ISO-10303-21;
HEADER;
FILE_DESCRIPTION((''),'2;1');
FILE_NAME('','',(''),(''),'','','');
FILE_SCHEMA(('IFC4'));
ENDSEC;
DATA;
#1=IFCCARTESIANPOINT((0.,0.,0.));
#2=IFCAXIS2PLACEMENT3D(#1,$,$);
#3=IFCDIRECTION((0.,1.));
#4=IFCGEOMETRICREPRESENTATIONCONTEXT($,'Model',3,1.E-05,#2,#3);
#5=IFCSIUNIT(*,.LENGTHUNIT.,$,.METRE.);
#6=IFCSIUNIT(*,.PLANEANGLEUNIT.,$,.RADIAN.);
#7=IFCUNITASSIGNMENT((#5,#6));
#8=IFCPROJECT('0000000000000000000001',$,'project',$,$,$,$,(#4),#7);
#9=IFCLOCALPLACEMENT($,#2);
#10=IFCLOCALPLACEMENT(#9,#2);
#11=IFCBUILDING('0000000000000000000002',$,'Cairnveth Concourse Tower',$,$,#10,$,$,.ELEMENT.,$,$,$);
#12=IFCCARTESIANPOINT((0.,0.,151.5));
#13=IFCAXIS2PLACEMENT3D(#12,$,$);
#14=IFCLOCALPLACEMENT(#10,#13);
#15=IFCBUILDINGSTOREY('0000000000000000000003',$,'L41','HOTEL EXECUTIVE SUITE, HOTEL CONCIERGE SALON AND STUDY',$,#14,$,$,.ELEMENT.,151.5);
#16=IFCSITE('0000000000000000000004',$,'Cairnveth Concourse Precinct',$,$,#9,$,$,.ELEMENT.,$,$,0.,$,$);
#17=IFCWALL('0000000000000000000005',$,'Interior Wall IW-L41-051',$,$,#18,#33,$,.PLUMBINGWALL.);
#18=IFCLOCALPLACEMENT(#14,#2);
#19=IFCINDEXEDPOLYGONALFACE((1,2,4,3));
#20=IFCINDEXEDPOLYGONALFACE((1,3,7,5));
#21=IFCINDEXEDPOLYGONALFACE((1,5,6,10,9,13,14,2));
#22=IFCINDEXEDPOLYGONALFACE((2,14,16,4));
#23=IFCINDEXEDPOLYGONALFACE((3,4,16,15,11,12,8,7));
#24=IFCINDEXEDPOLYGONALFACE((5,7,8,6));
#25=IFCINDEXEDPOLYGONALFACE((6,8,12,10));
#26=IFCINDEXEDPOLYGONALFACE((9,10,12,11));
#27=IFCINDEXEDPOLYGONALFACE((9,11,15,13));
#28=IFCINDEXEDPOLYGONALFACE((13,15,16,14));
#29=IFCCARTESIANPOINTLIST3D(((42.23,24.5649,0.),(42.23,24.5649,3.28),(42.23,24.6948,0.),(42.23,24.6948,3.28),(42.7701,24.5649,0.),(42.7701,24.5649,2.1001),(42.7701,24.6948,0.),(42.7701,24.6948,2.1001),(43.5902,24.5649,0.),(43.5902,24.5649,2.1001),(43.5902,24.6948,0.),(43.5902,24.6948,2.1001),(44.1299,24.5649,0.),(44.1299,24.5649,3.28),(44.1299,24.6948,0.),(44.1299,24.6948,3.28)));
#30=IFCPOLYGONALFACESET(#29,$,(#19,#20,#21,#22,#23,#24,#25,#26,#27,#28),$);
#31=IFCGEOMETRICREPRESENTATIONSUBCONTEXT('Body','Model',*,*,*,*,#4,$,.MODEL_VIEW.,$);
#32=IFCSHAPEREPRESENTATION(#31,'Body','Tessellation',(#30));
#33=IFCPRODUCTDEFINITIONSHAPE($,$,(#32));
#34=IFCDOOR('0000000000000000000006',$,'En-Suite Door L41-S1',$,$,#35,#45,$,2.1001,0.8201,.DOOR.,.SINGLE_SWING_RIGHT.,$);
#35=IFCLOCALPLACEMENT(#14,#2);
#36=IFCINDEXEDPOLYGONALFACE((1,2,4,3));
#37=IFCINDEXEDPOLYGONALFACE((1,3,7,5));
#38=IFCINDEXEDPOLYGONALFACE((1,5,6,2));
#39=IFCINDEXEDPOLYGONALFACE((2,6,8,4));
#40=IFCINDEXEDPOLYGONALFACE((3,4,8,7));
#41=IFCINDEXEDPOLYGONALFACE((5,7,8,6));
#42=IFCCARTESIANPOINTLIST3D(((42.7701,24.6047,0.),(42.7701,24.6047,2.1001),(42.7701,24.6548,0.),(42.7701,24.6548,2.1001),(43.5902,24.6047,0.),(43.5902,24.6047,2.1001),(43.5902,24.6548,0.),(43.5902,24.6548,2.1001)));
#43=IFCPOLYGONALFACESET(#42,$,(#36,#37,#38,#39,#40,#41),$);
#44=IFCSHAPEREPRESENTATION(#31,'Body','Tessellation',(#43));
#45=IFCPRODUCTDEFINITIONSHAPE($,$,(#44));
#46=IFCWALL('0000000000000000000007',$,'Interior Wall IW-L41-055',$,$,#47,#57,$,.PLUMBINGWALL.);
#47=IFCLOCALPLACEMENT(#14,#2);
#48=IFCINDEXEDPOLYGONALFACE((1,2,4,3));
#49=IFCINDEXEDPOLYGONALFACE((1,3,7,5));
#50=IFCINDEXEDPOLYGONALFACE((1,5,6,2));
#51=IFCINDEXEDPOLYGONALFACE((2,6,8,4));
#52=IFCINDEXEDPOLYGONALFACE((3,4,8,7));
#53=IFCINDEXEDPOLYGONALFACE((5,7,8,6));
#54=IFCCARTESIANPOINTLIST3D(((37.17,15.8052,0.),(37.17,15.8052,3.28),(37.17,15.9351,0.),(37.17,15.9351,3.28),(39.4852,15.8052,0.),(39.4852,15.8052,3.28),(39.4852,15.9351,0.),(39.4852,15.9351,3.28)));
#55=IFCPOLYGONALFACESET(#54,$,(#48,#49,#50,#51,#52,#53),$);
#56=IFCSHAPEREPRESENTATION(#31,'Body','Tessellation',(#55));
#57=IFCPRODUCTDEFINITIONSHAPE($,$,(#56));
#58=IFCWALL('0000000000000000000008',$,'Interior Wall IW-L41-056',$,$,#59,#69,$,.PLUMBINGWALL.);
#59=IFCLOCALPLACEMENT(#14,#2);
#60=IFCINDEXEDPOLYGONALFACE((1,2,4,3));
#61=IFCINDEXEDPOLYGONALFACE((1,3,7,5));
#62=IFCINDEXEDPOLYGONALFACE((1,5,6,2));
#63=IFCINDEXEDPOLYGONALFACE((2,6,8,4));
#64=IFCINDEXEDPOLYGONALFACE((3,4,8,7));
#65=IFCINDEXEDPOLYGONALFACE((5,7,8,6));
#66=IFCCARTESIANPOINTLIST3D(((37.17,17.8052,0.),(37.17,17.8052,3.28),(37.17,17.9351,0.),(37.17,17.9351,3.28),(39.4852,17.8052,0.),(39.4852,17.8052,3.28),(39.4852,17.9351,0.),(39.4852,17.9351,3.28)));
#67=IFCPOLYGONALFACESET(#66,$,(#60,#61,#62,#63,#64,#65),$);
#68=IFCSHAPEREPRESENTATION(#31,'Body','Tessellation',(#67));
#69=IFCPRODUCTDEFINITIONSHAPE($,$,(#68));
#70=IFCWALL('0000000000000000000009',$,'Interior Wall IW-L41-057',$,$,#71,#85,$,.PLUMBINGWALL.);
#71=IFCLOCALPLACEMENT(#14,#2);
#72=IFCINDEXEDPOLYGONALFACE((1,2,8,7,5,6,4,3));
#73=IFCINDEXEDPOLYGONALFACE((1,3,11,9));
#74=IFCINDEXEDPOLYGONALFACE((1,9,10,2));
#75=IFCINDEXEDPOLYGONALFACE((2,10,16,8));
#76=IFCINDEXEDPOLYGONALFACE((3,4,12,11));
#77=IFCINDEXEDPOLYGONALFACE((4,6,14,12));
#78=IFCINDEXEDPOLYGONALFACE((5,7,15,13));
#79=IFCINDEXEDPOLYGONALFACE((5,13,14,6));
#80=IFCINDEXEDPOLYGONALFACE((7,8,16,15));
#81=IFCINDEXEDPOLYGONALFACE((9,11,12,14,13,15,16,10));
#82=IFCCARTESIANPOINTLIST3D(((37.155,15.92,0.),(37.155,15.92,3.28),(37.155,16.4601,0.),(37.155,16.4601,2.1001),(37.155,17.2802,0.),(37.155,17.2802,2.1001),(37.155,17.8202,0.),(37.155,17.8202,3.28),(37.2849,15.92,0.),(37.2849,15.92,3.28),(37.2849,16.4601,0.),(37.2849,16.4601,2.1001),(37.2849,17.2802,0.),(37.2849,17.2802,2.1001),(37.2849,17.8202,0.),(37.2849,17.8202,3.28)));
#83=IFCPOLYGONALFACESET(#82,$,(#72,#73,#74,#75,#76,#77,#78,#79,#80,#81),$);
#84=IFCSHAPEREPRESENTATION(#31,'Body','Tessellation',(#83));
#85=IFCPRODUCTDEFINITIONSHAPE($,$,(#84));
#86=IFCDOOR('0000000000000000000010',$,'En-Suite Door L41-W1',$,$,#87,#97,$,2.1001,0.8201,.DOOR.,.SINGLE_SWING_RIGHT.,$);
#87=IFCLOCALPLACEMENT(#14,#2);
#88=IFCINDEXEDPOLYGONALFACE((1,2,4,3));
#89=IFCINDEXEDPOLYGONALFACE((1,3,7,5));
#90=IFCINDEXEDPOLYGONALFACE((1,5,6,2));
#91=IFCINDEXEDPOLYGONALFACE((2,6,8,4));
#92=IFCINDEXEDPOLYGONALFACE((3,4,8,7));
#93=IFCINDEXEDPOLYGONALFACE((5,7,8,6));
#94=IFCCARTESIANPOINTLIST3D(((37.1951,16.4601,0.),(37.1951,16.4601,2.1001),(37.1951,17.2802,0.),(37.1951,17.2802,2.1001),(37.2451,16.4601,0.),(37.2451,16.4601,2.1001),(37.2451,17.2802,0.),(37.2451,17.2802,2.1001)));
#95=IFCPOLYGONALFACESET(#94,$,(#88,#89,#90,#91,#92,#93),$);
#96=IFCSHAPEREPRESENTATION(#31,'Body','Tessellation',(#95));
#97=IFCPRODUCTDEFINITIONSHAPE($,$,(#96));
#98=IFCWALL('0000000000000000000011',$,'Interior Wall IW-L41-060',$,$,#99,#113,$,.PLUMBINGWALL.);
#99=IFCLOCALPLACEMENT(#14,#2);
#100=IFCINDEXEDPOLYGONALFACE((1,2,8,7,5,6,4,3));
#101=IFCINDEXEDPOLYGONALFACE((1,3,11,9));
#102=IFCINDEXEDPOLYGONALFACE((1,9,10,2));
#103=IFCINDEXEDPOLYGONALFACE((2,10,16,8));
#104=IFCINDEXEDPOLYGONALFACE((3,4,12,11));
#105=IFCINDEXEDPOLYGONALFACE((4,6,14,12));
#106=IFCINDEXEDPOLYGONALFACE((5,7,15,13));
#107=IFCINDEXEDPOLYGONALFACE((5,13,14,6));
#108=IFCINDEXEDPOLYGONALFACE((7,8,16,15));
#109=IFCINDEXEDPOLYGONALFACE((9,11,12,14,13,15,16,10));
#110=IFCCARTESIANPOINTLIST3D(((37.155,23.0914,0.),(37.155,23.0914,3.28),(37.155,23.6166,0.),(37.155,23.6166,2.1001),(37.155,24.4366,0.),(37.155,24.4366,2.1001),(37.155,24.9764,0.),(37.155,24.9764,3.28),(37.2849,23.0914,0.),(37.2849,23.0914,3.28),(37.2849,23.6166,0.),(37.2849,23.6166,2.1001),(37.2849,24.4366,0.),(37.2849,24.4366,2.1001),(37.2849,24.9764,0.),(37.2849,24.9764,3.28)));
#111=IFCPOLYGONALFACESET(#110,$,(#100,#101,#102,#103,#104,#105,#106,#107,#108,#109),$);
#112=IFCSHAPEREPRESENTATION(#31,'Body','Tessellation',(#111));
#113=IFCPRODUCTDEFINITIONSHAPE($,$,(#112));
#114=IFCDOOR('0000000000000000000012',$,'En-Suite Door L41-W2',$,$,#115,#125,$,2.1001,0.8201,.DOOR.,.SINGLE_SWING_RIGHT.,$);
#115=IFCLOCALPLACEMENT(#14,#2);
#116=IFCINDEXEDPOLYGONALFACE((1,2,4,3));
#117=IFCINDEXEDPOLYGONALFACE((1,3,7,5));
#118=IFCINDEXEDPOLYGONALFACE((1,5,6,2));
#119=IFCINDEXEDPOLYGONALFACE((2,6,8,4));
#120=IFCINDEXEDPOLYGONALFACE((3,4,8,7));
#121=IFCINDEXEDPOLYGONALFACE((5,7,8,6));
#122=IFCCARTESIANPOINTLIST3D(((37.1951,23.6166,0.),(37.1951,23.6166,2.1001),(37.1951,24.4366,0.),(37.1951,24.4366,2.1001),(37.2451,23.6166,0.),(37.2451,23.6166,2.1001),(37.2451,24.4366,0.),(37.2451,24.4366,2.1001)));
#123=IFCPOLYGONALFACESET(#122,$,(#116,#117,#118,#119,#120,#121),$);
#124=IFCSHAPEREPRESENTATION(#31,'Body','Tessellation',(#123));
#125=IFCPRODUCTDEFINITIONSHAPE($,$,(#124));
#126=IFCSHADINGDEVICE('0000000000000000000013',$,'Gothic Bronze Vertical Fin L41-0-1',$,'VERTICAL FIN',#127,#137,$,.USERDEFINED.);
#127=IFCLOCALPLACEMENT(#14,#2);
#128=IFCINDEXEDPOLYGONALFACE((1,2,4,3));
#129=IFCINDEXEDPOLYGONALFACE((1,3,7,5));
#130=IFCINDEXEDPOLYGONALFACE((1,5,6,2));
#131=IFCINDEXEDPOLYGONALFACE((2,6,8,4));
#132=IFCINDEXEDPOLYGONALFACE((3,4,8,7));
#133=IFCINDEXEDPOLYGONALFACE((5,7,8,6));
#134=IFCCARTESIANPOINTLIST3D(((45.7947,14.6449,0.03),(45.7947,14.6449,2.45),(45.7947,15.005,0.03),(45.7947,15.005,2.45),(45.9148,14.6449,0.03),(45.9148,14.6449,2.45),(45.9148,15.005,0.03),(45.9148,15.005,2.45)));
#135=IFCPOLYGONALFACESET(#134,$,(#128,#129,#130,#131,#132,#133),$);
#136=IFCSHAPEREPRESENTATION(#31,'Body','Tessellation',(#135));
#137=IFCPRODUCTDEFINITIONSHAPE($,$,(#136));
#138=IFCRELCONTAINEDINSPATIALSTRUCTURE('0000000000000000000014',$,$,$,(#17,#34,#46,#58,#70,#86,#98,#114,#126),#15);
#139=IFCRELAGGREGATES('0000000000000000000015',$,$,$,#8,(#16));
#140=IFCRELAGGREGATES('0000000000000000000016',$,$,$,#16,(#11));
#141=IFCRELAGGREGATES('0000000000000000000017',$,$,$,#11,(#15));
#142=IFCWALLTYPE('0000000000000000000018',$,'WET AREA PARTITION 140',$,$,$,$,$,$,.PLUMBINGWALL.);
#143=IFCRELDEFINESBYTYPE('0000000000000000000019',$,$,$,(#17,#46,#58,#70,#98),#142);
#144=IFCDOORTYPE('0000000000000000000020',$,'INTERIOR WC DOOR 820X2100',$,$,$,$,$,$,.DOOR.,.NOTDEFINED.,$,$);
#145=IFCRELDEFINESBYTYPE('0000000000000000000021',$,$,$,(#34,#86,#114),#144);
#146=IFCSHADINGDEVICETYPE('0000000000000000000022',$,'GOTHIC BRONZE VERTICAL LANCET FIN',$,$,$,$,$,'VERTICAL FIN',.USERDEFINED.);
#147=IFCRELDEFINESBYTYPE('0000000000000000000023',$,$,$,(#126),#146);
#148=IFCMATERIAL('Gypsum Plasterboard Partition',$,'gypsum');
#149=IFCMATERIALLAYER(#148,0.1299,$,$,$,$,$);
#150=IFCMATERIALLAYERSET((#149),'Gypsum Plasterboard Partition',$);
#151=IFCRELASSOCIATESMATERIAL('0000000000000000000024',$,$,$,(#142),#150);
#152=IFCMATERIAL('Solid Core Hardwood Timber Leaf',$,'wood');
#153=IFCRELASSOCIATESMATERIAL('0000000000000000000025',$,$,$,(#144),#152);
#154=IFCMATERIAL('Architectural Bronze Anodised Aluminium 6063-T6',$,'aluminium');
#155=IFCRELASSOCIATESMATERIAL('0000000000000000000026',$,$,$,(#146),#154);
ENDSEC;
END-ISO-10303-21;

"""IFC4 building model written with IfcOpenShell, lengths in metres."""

from ifc_helpers import new_model, si_unit, direction, frame, frame_2d, origin, origin_2d, place, context, subcontext, project, spatial, rectangle, extrude, material, layer, layer_set, type_object, element, fill, save


model = new_model("IFC4")

# Units and contexts
model_context = context("Model", 3, precision=1e-05, world=origin(), true_north=direction((0.0, 1.0)))
body_context = subcontext(model_context, "Body", "Model", "MODEL_VIEW")
ifc_project = project(units=[si_unit("LENGTHUNIT", "METRE"), si_unit("PLANEANGLEUNIT", "RADIAN")], contexts=[model_context])

# Site, building, storey
site_placement = place(None, origin())
site = spatial("IfcSite", under=ifc_project, at=site_placement, Name="Cairnveth Concourse Precinct", CompositionType="ELEMENT", RefElevation=0.0)
building_placement = place(site_placement, origin())
building = spatial("IfcBuilding", under=site, at=building_placement, Name="Cairnveth Concourse Tower", CompositionType="ELEMENT")
storey_placement = place(building_placement, frame((0.0, 0.0, 151.5)))
storey = spatial("IfcBuildingStorey", under=building, at=storey_placement, Name="L41", Description="HOTEL EXECUTIVE SUITE, HOTEL CONCIERGE SALON AND STUDY", CompositionType="ELEMENT", Elevation=151.5)

# Shared definitions
ifc_material_1 = material(Name="Gypsum Plasterboard Partition", Category="gypsum")
ifc_material_2 = material(Name="Solid Core Hardwood Timber Leaf", Category="wood")

# Shared definitions
ifc_layer_1 = layer(ifc_material_1, 0.1299)
ifc_layer_set_1 = layer_set([ifc_layer_1], Name="Gypsum Plasterboard Partition")
wall_type_1 = type_object("IfcWallType", Name="WET AREA PARTITION 140", PredefinedType="PLUMBINGWALL", material=ifc_layer_set_1)

# Wall, opening, door
wall_1_placement = place(storey_placement, frame((42.23, 24.6299, 0.0), z_axis=(0.0, 0.0, 1.0), x_axis=(1.0, 0.0, 0.0)))
wall_1 = element("IfcWall", 1, at=wall_1_placement, inside=storey, type_object=wall_type_1, Name="Interior Wall IW-L41-051", PredefinedType="PLUMBINGWALL", context=body_context, shape_type="SweptSolid", body=[
    extrude(rectangle(XDim=1.8999, YDim=0.1299, at=frame_2d((0.95, 0.0))), origin(), (0.0, 0.0, 1.0), 3.28),
])
opening_1_placement = place(wall_1_placement, frame((0.54, 0.0, 0.0)))
opening_1 = element("IfcOpeningElement", 2, at=opening_1_placement, cuts=wall_1, PredefinedType="OPENING", context=body_context, shape_type="SweptSolid", body=[
    extrude(rectangle(XDim=0.8201, YDim=2.1001, at=frame_2d((0.4102, 1.05))), frame((0.0, 0.075, 0.0), z_axis=(0.0, -1.0, 0.0), x_axis=(1.0, 0.0, 0.0)), (0.0, 0.0, 1.0), 0.1499),
])
door_type_1 = type_object("IfcDoorType", Name="INTERIOR WC DOOR 820X2100", OperationType="NOTDEFINED", PredefinedType="DOOR", material=ifc_material_2)
door_1_placement = place(opening_1_placement, origin())
door_1 = element("IfcDoor", 3, at=door_1_placement, inside=storey, type_object=door_type_1, Name="En-Suite Door L41-S1", OperationType="SINGLE_SWING_RIGHT", OverallHeight=2.1001, OverallWidth=0.8201, PredefinedType="DOOR", context=body_context, shape_type="SweptSolid", body=[
    extrude(rectangle(XDim=0.8201, YDim=2.1001, at=frame_2d((0.4102, 1.05))), frame((0.0, 0.0249, 0.0), z_axis=(0.0, -1.0, 0.0), x_axis=(1.0, 0.0, 0.0)), (0.0, 0.0, 1.0), 0.05),
])
fill(opening_1, door_1)

# Walls
for number, where, z_axis, x_axis, name in (
    (4, (37.1699, 15.8701, 0.0), (0.0, 0.0, 1.0), (1.0, 0.0, 0.0), "Interior Wall IW-L41-055"),
    (5, (37.1699, 17.8701, 0.0), (0.0, 0.0, 1.0), (1.0, 0.0, 0.0), "Interior Wall IW-L41-056"),
):
    element("IfcWall", number, at=place(storey_placement, frame(where, z_axis=z_axis, x_axis=x_axis)), inside=storey, type_object=wall_type_1, Name=name, PredefinedType="PLUMBINGWALL", context=body_context, shape_type="SweptSolid", body=[
        extrude(rectangle(XDim=2.3152, YDim=0.1299, at=frame_2d((1.1577, 0.0))), origin(), (0.0, 0.0, 1.0), 3.28),
    ])

# Walls, openings, doors
wall_2_placement = place(storey_placement, frame((37.22, 15.9199, 0.0), z_axis=(0.0, 0.0, 1.0), x_axis=(0.0, 1.0, 0.0)))
wall_2 = element("IfcWall", 6, at=wall_2_placement, inside=storey, type_object=wall_type_1, Name="Interior Wall IW-L41-057", PredefinedType="PLUMBINGWALL", context=body_context, shape_type="SweptSolid", body=[
    extrude(rectangle(XDim=1.9001, YDim=0.1299, at=frame_2d((0.9502, 0.0))), origin(), (0.0, 0.0, 1.0), 3.28),
])
opening_2_placement = place(wall_2_placement, frame((0.54, 0.0, 0.0)))
opening_2 = element("IfcOpeningElement", 7, at=opening_2_placement, cuts=wall_2, PredefinedType="OPENING", context=body_context, shape_type="SweptSolid", body=[
    extrude(rectangle(XDim=0.8201, YDim=2.1001, at=frame_2d((0.4102, 1.05))), frame((0.0, 0.075, 0.0), z_axis=(0.0, -1.0, 0.0), x_axis=(1.0, 0.0, 0.0)), (0.0, 0.0, 1.0), 0.1499),
])
door_2_placement = place(opening_2_placement, origin())
door_2 = element("IfcDoor", 8, at=door_2_placement, inside=storey, type_object=door_type_1, Name="En-Suite Door L41-W1", OperationType="SINGLE_SWING_RIGHT", OverallHeight=2.1001, OverallWidth=0.8201, PredefinedType="DOOR", context=body_context, shape_type="SweptSolid", body=[
    extrude(rectangle(XDim=0.8201, YDim=2.1001, at=frame_2d((0.4102, 1.05))), frame((0.0, 0.0249, 0.0), z_axis=(0.0, -1.0, 0.0), x_axis=(1.0, 0.0, 0.0)), (0.0, 0.0, 1.0), 0.05),
])
fill(opening_2, door_2)
wall_3_placement = place(storey_placement, frame((37.22, 23.0916, 0.0), z_axis=(0.0, 0.0, 1.0), x_axis=(0.0, 1.0, 0.0)))
wall_3 = element("IfcWall", 9, at=wall_3_placement, inside=storey, type_object=wall_type_1, Name="Interior Wall IW-L41-060", PredefinedType="PLUMBINGWALL", context=body_context, shape_type="SweptSolid", body=[
    extrude(rectangle(XDim=1.885, YDim=0.1299, at=frame_2d((0.9424, 0.0))), origin(), (0.0, 0.0, 1.0), 3.28),
])
opening_3_placement = place(wall_3_placement, frame((0.5249, 0.0, 0.0)))
opening_3 = element("IfcOpeningElement", 10, at=opening_3_placement, cuts=wall_3, PredefinedType="OPENING", context=body_context, shape_type="SweptSolid", body=[
    extrude(rectangle(XDim=0.8201, YDim=2.1001, at=frame_2d((0.4102, 1.05))), frame((0.0, 0.075, 0.0), z_axis=(0.0, -1.0, 0.0), x_axis=(1.0, 0.0, 0.0)), (0.0, 0.0, 1.0), 0.1499),
])
door_3_placement = place(opening_3_placement, origin())
door_3 = element("IfcDoor", 11, at=door_3_placement, inside=storey, type_object=door_type_1, Name="En-Suite Door L41-W2", OperationType="SINGLE_SWING_RIGHT", OverallHeight=2.1001, OverallWidth=0.8201, PredefinedType="DOOR", context=body_context, shape_type="SweptSolid", body=[
    extrude(rectangle(XDim=0.8201, YDim=2.1001, at=frame_2d((0.4102, 1.05))), frame((0.0, 0.0249, 0.0), z_axis=(0.0, -1.0, 0.0), x_axis=(1.0, 0.0, 0.0)), (0.0, 0.0, 1.0), 0.05),
])
fill(opening_3, door_3)

# Shading device
ifc_material_3 = material(Name="Architectural Bronze Anodised Aluminium 6063-T6", Category="aluminium")
shading_device_type = type_object("IfcShadingDeviceType", Name="GOTHIC BRONZE VERTICAL LANCET FIN", ElementType="VERTICAL FIN", PredefinedType="USERDEFINED", material=ifc_material_3)
shading_device_placement = place(storey_placement, frame((45.8547, 14.825, 0.03), z_axis=(0.0, 0.0, 1.0), x_axis=(1.0, 0.0, 0.0)))
element("IfcShadingDevice", 12, at=shading_device_placement, inside=storey, type_object=shading_device_type, Name="Gothic Bronze Vertical Fin L41-0-1", ObjectType="VERTICAL FIN", PredefinedType="USERDEFINED", context=body_context, shape_type="SweptSolid", body=[
    extrude(rectangle(XDim=0.1201, YDim=0.3601, at=origin_2d()), origin(), (0.0, 0.0, 1.0), 2.4199),
])

save(model, "model.ifc")
